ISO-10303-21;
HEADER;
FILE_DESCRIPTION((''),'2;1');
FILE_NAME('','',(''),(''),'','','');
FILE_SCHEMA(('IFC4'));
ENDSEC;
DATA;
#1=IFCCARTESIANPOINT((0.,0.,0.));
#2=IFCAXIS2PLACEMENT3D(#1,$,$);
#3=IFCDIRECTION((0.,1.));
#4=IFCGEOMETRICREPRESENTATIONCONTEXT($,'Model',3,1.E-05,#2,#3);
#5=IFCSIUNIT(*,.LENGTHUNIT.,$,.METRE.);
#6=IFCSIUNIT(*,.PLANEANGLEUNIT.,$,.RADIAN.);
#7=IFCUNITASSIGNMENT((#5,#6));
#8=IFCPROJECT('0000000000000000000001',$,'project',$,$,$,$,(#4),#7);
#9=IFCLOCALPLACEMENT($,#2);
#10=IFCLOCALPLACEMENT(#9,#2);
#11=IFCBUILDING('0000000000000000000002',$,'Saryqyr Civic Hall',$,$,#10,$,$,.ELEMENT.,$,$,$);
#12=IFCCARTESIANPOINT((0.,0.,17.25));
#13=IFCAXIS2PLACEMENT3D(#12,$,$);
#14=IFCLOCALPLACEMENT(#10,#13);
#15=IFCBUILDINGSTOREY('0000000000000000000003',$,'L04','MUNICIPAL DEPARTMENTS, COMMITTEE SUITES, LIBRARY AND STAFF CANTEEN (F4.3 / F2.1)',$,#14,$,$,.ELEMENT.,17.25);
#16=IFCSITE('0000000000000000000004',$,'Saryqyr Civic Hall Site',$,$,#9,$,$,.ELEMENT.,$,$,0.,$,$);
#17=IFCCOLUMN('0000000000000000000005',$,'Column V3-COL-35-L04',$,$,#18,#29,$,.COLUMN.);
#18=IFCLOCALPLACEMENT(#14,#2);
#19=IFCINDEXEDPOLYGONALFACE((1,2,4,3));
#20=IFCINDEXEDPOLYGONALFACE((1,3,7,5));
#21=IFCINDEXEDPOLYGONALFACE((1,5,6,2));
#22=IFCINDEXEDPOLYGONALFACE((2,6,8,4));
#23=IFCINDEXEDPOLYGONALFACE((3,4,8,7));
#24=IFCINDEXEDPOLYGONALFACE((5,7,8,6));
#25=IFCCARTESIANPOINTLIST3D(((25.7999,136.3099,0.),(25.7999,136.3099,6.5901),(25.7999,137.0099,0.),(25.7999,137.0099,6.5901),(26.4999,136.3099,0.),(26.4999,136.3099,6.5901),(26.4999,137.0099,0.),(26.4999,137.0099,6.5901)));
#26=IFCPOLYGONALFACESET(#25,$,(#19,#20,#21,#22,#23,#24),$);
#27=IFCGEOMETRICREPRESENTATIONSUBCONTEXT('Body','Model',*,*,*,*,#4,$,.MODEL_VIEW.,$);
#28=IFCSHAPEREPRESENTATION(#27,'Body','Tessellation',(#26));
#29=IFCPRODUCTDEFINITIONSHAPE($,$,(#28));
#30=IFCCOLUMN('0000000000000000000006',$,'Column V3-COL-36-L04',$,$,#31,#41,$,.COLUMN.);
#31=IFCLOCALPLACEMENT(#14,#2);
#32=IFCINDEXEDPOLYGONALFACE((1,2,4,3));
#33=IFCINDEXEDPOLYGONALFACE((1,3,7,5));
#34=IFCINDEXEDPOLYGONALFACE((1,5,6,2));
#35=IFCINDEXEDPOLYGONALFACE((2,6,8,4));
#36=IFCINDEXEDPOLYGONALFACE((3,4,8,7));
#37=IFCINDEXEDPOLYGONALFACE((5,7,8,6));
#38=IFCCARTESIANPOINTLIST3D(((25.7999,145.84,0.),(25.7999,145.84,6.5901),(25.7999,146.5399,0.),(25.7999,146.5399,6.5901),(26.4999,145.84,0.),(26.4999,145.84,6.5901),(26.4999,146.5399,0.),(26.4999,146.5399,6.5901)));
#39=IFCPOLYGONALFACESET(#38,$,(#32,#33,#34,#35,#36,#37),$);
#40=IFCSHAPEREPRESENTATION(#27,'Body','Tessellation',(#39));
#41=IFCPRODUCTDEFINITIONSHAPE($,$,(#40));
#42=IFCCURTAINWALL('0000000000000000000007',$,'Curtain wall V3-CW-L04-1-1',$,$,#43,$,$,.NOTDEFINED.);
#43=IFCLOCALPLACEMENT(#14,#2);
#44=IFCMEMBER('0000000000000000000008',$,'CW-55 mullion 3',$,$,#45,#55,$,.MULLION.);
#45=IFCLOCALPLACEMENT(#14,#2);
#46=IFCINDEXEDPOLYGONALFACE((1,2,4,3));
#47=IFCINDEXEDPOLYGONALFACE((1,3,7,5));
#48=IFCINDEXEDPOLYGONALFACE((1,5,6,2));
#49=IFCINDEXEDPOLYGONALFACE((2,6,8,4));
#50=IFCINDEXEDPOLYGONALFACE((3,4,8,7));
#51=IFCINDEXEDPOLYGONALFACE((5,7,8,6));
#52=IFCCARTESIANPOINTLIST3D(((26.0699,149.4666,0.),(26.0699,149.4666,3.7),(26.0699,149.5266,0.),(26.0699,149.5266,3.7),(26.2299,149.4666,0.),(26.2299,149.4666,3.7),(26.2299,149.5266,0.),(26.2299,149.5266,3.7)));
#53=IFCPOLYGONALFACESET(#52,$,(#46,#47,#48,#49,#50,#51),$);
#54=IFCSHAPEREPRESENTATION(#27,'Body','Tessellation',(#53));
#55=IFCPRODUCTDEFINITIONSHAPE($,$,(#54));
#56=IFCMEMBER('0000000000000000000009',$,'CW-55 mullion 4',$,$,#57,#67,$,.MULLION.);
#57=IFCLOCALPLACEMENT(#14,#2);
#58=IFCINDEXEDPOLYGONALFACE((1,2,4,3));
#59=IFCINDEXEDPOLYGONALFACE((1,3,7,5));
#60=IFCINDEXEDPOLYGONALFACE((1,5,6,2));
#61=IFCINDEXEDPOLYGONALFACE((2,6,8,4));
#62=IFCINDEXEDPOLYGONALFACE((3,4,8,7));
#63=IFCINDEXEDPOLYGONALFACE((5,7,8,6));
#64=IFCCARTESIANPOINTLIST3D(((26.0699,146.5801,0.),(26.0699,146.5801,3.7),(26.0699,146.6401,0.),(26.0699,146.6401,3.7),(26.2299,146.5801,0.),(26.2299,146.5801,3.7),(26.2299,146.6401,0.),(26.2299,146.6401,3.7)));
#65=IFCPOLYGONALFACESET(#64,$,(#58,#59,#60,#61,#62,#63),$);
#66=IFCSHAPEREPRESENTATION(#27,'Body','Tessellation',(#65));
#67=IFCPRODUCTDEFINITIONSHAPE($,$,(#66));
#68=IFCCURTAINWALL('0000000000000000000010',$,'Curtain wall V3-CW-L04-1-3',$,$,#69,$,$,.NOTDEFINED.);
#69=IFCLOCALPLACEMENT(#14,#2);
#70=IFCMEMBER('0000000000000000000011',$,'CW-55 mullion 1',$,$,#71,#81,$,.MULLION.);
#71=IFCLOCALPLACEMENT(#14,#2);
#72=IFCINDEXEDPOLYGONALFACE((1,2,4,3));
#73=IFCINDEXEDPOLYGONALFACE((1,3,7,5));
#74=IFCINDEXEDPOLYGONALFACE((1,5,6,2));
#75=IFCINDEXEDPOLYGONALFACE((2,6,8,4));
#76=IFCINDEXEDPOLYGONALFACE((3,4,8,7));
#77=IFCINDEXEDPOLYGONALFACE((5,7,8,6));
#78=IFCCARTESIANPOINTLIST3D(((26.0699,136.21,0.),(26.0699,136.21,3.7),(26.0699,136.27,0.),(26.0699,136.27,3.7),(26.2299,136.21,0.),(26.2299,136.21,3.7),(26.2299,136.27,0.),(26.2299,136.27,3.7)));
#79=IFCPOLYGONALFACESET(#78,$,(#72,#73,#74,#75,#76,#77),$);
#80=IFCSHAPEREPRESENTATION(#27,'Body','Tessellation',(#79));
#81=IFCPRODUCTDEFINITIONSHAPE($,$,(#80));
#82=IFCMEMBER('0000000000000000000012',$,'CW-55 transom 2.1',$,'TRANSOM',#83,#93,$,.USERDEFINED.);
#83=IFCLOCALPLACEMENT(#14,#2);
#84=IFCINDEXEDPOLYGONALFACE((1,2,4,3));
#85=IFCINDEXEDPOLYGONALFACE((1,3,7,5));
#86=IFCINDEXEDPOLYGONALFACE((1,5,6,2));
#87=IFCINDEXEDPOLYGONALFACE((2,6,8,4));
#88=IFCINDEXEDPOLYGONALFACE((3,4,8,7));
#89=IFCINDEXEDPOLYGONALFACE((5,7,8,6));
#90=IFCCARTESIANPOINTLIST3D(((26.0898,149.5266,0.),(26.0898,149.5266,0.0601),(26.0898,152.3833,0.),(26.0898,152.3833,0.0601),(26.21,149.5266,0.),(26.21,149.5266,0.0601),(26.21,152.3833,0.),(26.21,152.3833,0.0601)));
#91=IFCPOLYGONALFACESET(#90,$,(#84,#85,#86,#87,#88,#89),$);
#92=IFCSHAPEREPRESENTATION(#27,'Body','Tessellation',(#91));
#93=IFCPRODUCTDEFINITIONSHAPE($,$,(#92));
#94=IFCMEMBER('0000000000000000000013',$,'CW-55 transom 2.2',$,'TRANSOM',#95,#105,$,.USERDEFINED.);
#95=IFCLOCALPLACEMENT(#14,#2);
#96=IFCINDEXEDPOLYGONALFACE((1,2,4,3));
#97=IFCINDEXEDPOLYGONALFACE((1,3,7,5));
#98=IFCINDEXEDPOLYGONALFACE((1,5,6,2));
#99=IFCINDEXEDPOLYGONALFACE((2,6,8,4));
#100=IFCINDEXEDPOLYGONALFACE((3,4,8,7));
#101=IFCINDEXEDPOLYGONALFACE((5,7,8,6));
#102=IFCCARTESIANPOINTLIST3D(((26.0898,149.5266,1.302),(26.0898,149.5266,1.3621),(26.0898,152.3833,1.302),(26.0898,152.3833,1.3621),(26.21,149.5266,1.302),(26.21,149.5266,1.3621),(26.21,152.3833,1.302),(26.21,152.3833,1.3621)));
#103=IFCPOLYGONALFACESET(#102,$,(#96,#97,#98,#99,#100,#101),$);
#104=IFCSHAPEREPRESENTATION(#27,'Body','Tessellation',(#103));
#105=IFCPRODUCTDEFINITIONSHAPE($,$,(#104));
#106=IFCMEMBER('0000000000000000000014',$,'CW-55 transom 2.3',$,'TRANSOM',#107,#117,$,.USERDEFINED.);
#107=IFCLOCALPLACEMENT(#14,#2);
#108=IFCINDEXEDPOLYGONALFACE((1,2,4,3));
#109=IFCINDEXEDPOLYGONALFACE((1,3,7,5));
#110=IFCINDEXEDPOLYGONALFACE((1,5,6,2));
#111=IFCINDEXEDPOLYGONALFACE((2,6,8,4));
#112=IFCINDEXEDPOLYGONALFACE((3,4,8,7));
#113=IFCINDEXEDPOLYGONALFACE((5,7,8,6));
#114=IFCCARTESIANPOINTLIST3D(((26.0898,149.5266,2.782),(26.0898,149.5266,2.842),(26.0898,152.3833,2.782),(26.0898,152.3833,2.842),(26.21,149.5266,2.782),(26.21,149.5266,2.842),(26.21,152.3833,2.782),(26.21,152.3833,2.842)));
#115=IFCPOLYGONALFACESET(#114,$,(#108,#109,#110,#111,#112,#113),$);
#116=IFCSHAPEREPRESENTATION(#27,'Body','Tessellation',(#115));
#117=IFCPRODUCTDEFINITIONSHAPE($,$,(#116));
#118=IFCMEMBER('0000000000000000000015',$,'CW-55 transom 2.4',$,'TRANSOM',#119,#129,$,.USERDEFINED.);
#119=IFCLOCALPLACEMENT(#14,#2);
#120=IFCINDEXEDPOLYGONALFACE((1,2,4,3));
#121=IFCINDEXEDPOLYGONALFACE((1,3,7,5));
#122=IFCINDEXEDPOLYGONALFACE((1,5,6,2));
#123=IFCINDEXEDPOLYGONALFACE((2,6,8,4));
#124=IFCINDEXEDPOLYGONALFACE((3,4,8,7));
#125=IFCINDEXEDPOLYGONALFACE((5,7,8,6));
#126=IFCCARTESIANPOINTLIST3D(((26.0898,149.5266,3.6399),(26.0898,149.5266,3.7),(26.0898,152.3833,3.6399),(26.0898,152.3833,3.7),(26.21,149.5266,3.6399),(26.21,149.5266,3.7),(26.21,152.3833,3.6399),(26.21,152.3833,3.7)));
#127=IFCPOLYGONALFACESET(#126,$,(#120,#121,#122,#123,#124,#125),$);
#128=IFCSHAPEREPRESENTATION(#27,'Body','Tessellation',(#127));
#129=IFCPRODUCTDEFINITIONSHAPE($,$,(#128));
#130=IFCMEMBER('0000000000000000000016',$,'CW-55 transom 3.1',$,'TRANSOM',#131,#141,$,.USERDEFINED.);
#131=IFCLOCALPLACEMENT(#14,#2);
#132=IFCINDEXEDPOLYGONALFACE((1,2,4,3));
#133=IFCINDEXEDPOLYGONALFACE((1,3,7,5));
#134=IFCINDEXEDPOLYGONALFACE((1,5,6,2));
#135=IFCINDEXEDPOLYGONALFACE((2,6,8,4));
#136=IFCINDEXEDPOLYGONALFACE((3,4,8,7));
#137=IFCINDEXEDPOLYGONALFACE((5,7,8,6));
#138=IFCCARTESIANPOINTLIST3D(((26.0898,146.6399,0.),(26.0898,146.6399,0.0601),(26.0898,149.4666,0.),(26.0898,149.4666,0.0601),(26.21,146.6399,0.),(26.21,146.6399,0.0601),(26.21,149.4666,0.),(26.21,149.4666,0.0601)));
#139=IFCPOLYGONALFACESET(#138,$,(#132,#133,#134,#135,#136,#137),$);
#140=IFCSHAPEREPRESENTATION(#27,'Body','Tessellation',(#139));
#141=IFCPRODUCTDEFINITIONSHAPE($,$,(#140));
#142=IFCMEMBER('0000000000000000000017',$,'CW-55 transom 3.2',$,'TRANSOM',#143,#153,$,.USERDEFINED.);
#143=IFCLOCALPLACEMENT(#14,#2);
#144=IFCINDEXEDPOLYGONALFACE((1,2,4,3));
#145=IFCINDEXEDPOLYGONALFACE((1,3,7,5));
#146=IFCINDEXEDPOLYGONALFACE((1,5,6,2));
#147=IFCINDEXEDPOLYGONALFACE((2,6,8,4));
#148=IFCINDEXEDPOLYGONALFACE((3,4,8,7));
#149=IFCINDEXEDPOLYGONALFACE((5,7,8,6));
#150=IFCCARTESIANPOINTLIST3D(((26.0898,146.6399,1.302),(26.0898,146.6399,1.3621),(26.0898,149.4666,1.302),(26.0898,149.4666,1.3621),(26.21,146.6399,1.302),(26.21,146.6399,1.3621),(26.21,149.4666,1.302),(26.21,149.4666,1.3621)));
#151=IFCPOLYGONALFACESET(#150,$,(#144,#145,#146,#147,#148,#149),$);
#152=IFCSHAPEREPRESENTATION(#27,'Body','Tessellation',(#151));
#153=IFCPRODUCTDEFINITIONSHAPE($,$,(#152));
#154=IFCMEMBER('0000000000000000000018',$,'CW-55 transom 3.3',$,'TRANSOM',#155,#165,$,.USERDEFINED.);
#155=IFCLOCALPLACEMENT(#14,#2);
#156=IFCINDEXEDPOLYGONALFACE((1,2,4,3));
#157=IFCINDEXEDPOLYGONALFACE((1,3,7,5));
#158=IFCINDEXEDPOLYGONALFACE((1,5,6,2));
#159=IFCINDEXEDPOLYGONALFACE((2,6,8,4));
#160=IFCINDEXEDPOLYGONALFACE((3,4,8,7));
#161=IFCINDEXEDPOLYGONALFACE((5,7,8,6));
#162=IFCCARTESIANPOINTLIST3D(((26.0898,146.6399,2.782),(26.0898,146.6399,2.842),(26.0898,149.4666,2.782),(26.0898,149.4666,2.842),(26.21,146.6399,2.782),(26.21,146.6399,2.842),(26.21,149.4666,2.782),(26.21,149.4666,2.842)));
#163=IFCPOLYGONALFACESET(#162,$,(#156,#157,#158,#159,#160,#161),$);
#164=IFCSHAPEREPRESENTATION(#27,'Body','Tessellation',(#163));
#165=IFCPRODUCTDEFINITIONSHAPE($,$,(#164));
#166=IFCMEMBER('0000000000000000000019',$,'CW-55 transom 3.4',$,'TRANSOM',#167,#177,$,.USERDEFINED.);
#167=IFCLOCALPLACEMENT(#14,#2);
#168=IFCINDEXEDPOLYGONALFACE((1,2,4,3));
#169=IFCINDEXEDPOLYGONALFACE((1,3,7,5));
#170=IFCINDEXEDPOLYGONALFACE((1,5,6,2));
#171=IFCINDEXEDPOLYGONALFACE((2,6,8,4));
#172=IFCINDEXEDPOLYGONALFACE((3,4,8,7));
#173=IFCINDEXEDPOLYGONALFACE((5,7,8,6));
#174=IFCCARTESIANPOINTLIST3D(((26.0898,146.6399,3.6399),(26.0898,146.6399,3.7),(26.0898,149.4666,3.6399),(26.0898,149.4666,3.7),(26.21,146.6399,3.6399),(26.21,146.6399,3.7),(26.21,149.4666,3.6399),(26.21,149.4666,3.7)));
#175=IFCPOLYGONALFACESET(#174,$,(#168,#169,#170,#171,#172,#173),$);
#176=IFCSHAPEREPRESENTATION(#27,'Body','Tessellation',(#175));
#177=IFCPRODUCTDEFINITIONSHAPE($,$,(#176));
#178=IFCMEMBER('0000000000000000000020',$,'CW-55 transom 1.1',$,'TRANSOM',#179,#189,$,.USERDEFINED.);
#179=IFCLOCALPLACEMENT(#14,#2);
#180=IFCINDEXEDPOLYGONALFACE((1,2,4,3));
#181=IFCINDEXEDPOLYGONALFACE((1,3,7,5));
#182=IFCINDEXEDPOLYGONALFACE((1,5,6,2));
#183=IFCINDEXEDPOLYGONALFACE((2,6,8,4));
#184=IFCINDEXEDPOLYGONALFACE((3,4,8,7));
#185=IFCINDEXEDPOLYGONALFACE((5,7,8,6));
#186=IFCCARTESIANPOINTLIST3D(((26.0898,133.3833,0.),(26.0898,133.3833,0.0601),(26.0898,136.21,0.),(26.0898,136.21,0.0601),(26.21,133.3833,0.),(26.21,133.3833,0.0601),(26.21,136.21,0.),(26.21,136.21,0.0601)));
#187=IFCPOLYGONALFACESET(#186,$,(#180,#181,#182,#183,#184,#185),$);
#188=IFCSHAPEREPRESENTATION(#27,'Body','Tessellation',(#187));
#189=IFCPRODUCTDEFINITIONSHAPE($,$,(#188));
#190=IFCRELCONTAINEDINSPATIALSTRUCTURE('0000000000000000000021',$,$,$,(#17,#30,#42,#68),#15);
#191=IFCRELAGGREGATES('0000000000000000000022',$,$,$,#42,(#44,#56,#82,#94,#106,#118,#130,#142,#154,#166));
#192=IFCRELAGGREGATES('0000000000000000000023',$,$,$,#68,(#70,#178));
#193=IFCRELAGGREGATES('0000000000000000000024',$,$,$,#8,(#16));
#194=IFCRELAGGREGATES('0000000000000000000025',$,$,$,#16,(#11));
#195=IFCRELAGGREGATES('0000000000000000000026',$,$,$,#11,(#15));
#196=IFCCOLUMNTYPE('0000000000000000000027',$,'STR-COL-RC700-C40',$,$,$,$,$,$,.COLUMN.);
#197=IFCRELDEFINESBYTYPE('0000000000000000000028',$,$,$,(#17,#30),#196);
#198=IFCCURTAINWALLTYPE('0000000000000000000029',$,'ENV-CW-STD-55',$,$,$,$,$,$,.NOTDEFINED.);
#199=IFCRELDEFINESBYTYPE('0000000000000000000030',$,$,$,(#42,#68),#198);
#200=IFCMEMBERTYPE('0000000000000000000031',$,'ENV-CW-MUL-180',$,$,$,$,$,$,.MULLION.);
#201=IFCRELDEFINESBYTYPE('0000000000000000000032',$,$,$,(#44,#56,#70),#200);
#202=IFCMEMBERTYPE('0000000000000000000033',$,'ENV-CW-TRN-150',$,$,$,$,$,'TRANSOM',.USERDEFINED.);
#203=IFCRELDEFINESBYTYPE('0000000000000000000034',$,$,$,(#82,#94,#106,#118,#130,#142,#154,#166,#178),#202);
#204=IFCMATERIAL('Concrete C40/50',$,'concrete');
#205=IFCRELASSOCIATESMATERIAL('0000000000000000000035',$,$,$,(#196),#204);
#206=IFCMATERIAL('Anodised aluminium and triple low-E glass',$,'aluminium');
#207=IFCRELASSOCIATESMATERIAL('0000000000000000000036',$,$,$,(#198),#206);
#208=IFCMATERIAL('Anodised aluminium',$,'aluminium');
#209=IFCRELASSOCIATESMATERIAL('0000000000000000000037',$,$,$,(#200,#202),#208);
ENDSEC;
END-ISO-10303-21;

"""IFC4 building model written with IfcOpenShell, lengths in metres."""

from ifc_helpers import new_model, si_unit, direction, frame, origin, origin_2d, place, context, subcontext, project, spatial, rectangle, extrude, material, material_profile, profile_set, type_object, element, aggregate, save


model = new_model("IFC4")

# Units and contexts
model_context = context("Model", 3, precision=1e-05, world=origin(), true_north=direction((0.0, 1.0)))
body_context = subcontext(model_context, "Body", "Model", "MODEL_VIEW")
ifc_project = project(units=[si_unit("LENGTHUNIT", "METRE"), si_unit("PLANEANGLEUNIT", "RADIAN")], contexts=[model_context])

# Site, building, storey
site_placement = place(None, origin())
site = spatial("IfcSite", under=ifc_project, at=site_placement, Name="Saryqyr Civic Hall Site", CompositionType="ELEMENT", RefElevation=0.0)
building_placement = place(site_placement, origin())
building = spatial("IfcBuilding", under=site, at=building_placement, Name="Saryqyr Civic Hall", CompositionType="ELEMENT")
storey_placement = place(building_placement, frame((0.0, 0.0, 17.25)))
storey = spatial("IfcBuildingStorey", under=building, at=storey_placement, Name="L04", Description="MUNICIPAL DEPARTMENTS, COMMITTEE SUITES, LIBRARY AND STAFF CANTEEN (F4.3 / F2.1)", CompositionType="ELEMENT", Elevation=17.25)

# Columns
ifc_material_1 = material(Name="Concrete C40/50", Category="concrete")
ifc_material_profile_1 = material_profile(ifc_material_1, rectangle(XDim=0.7, YDim=0.7, at=origin_2d()), Name="RC 700x700")
ifc_profile_set_1 = profile_set([ifc_material_profile_1], Name="Concrete C40/50")
column_type = type_object("IfcColumnType", Name="STR-COL-RC700-C40", PredefinedType="COLUMN", material=ifc_profile_set_1)
for number, where, z_axis, x_axis, name in (
    (1, (26.1499, 136.6599, 0.0), (0.0, 0.0, 1.0), (1.0, 0.0, 0.0), "Column V3-COL-35-L04"),
    (2, (26.1499, 146.1899, 0.0), (0.0, 0.0, 1.0), (1.0, 0.0, 0.0), "Column V3-COL-36-L04"),
):
    element("IfcColumn", number, at=place(storey_placement, frame(where, z_axis=z_axis, x_axis=x_axis)), inside=storey, type_object=column_type, Name=name, PredefinedType="COLUMN", context=body_context, shape_type="SweptSolid", body=[
        extrude(rectangle(XDim=0.7, YDim=0.7, at=origin_2d()), origin(), (0.0, 0.0, 1.0), 6.5901),
    ])

# Curtain wall, members
ifc_material_2 = material(Name="Anodised aluminium and triple low-E glass", Category="aluminium")
curtain_wall_type = type_object("IfcCurtainWallType", Name="ENV-CW-STD-55", PredefinedType="NOTDEFINED", material=ifc_material_2)
curtain_wall_1_placement = place(storey_placement, origin())
curtain_wall_1 = element("IfcCurtainWall", 3, at=curtain_wall_1_placement, inside=storey, type_object=curtain_wall_type, Name="Curtain wall V3-CW-L04-1-1", PredefinedType="NOTDEFINED")
ifc_material_3 = material(Name="Anodised aluminium", Category="aluminium")
ifc_material_profile_2 = material_profile(ifc_material_3, rectangle(XDim=0.0601, YDim=0.1599, at=origin_2d()), Name="ALU MULLION 60x160")
ifc_profile_set_2 = profile_set([ifc_material_profile_2], Name="Anodised aluminium")
member_type_1 = type_object("IfcMemberType", Name="ENV-CW-MUL-180", PredefinedType="MULLION", material=ifc_profile_set_2)
member_1_placement = place(storey_placement, frame((26.1499, 149.4966, 0.0), z_axis=(0.0, 0.0, 1.0), x_axis=(0.0, -1.0, 0.0)))
member_1 = element("IfcMember", 4, at=member_1_placement, type_object=member_type_1, Name="CW-55 mullion 3", PredefinedType="MULLION", context=body_context, shape_type="SweptSolid", body=[
    extrude(rectangle(XDim=0.0601, YDim=0.1599, at=origin_2d()), origin(), (0.0, 0.0, 1.0), 3.7),
])
member_2_placement = place(storey_placement, frame((26.1499, 146.6101, 0.0), z_axis=(0.0, 0.0, 1.0), x_axis=(0.0, -1.0, 0.0)))
member_2 = element("IfcMember", 5, at=member_2_placement, type_object=member_type_1, Name="CW-55 mullion 4", PredefinedType="MULLION", context=body_context, shape_type="SweptSolid", body=[
    extrude(rectangle(XDim=0.0601, YDim=0.1599, at=origin_2d()), origin(), (0.0, 0.0, 1.0), 3.7),
])

# Curtain wall, member
curtain_wall_2_placement = place(storey_placement, origin())
curtain_wall_2 = element("IfcCurtainWall", 6, at=curtain_wall_2_placement, inside=storey, type_object=curtain_wall_type, Name="Curtain wall V3-CW-L04-1-3", PredefinedType="NOTDEFINED")
member_3_placement = place(storey_placement, frame((26.1499, 136.24, 0.0), z_axis=(0.0, 0.0, 1.0), x_axis=(0.0, -1.0, 0.0)))
member_3 = element("IfcMember", 7, at=member_3_placement, type_object=member_type_1, Name="CW-55 mullion 1", PredefinedType="MULLION", context=body_context, shape_type="SweptSolid", body=[
    extrude(rectangle(XDim=0.0601, YDim=0.1599, at=origin_2d()), origin(), (0.0, 0.0, 1.0), 3.7),
])

# Members
ifc_material_profile_3 = material_profile(ifc_material_3, rectangle(XDim=0.1201, YDim=0.0601, at=origin_2d()), Name="ALU TRANSOM 120x60")
ifc_profile_set_3 = profile_set([ifc_material_profile_3], Name="Anodised aluminium")
member_type_2 = type_object("IfcMemberType", Name="ENV-CW-TRN-150", ElementType="TRANSOM", PredefinedType="USERDEFINED", material=ifc_profile_set_3)
member_4_placement = place(storey_placement, frame((26.1499, 152.3833, 0.03), z_axis=(0.0, -1.0, 0.0), x_axis=(1.0, 0.0, 0.0)))
member_4 = element("IfcMember", 8, at=member_4_placement, type_object=member_type_2, Name="CW-55 transom 2.1", ObjectType="TRANSOM", PredefinedType="USERDEFINED", context=body_context, shape_type="SweptSolid", body=[
    extrude(rectangle(XDim=0.1201, YDim=0.0601, at=origin_2d()), origin(), (0.0, 0.0, 1.0), 2.8567),
])
member_5_placement = place(storey_placement, frame((26.1499, 152.3833, 1.332), z_axis=(0.0, -1.0, 0.0), x_axis=(1.0, 0.0, 0.0)))
member_5 = element("IfcMember", 9, at=member_5_placement, type_object=member_type_2, Name="CW-55 transom 2.2", ObjectType="TRANSOM", PredefinedType="USERDEFINED", context=body_context, shape_type="SweptSolid", body=[
    extrude(rectangle(XDim=0.1201, YDim=0.0601, at=origin_2d()), origin(), (0.0, 0.0, 1.0), 2.8567),
])
member_6_placement = place(storey_placement, frame((26.1499, 152.3833, 2.812), z_axis=(0.0, -1.0, 0.0), x_axis=(1.0, 0.0, 0.0)))
member_6 = element("IfcMember", 10, at=member_6_placement, type_object=member_type_2, Name="CW-55 transom 2.3", ObjectType="TRANSOM", PredefinedType="USERDEFINED", context=body_context, shape_type="SweptSolid", body=[
    extrude(rectangle(XDim=0.1201, YDim=0.0601, at=origin_2d()), origin(), (0.0, 0.0, 1.0), 2.8567),
])
member_7_placement = place(storey_placement, frame((26.1499, 152.3833, 3.6699), z_axis=(0.0, -1.0, 0.0), x_axis=(1.0, 0.0, 0.0)))
member_7 = element("IfcMember", 11, at=member_7_placement, type_object=member_type_2, Name="CW-55 transom 2.4", ObjectType="TRANSOM", PredefinedType="USERDEFINED", context=body_context, shape_type="SweptSolid", body=[
    extrude(rectangle(XDim=0.1201, YDim=0.0601, at=origin_2d()), origin(), (0.0, 0.0, 1.0), 2.8567),
])
member_8_placement = place(storey_placement, frame((26.1499, 149.4666, 0.03), z_axis=(0.0, -1.0, 0.0), x_axis=(1.0, 0.0, 0.0)))
member_8 = element("IfcMember", 12, at=member_8_placement, type_object=member_type_2, Name="CW-55 transom 3.1", ObjectType="TRANSOM", PredefinedType="USERDEFINED", context=body_context, shape_type="SweptSolid", body=[
    extrude(rectangle(XDim=0.1201, YDim=0.0601, at=origin_2d()), origin(), (0.0, 0.0, 1.0), 2.8267),
])
member_9_placement = place(storey_placement, frame((26.1499, 149.4666, 1.332), z_axis=(0.0, -1.0, 0.0), x_axis=(1.0, 0.0, 0.0)))
member_9 = element("IfcMember", 13, at=member_9_placement, type_object=member_type_2, Name="CW-55 transom 3.2", ObjectType="TRANSOM", PredefinedType="USERDEFINED", context=body_context, shape_type="SweptSolid", body=[
    extrude(rectangle(XDim=0.1201, YDim=0.0601, at=origin_2d()), origin(), (0.0, 0.0, 1.0), 2.8267),
])
member_10_placement = place(storey_placement, frame((26.1499, 149.4666, 2.812), z_axis=(0.0, -1.0, 0.0), x_axis=(1.0, 0.0, 0.0)))
member_10 = element("IfcMember", 14, at=member_10_placement, type_object=member_type_2, Name="CW-55 transom 3.3", ObjectType="TRANSOM", PredefinedType="USERDEFINED", context=body_context, shape_type="SweptSolid", body=[
    extrude(rectangle(XDim=0.1201, YDim=0.0601, at=origin_2d()), origin(), (0.0, 0.0, 1.0), 2.8267),
])
member_11_placement = place(storey_placement, frame((26.1499, 149.4666, 3.6699), z_axis=(0.0, -1.0, 0.0), x_axis=(1.0, 0.0, 0.0)))
member_11 = element("IfcMember", 15, at=member_11_placement, type_object=member_type_2, Name="CW-55 transom 3.4", ObjectType="TRANSOM", PredefinedType="USERDEFINED", context=body_context, shape_type="SweptSolid", body=[
    extrude(rectangle(XDim=0.1201, YDim=0.0601, at=origin_2d()), origin(), (0.0, 0.0, 1.0), 2.8267),
])
member_12_placement = place(storey_placement, frame((26.1499, 136.21, 0.03), z_axis=(0.0, -1.0, 0.0), x_axis=(1.0, 0.0, 0.0)))
member_12 = element("IfcMember", 16, at=member_12_placement, type_object=member_type_2, Name="CW-55 transom 1.1", ObjectType="TRANSOM", PredefinedType="USERDEFINED", context=body_context, shape_type="SweptSolid", body=[
    extrude(rectangle(XDim=0.1201, YDim=0.0601, at=origin_2d()), origin(), (0.0, 0.0, 1.0), 2.8267),
])

aggregate(curtain_wall_1, [member_1, member_2, member_4, member_5, member_6, member_7, member_8, member_9, member_10, member_11])
aggregate(curtain_wall_2, [member_3, member_12])

save(model, "model.ifc")
